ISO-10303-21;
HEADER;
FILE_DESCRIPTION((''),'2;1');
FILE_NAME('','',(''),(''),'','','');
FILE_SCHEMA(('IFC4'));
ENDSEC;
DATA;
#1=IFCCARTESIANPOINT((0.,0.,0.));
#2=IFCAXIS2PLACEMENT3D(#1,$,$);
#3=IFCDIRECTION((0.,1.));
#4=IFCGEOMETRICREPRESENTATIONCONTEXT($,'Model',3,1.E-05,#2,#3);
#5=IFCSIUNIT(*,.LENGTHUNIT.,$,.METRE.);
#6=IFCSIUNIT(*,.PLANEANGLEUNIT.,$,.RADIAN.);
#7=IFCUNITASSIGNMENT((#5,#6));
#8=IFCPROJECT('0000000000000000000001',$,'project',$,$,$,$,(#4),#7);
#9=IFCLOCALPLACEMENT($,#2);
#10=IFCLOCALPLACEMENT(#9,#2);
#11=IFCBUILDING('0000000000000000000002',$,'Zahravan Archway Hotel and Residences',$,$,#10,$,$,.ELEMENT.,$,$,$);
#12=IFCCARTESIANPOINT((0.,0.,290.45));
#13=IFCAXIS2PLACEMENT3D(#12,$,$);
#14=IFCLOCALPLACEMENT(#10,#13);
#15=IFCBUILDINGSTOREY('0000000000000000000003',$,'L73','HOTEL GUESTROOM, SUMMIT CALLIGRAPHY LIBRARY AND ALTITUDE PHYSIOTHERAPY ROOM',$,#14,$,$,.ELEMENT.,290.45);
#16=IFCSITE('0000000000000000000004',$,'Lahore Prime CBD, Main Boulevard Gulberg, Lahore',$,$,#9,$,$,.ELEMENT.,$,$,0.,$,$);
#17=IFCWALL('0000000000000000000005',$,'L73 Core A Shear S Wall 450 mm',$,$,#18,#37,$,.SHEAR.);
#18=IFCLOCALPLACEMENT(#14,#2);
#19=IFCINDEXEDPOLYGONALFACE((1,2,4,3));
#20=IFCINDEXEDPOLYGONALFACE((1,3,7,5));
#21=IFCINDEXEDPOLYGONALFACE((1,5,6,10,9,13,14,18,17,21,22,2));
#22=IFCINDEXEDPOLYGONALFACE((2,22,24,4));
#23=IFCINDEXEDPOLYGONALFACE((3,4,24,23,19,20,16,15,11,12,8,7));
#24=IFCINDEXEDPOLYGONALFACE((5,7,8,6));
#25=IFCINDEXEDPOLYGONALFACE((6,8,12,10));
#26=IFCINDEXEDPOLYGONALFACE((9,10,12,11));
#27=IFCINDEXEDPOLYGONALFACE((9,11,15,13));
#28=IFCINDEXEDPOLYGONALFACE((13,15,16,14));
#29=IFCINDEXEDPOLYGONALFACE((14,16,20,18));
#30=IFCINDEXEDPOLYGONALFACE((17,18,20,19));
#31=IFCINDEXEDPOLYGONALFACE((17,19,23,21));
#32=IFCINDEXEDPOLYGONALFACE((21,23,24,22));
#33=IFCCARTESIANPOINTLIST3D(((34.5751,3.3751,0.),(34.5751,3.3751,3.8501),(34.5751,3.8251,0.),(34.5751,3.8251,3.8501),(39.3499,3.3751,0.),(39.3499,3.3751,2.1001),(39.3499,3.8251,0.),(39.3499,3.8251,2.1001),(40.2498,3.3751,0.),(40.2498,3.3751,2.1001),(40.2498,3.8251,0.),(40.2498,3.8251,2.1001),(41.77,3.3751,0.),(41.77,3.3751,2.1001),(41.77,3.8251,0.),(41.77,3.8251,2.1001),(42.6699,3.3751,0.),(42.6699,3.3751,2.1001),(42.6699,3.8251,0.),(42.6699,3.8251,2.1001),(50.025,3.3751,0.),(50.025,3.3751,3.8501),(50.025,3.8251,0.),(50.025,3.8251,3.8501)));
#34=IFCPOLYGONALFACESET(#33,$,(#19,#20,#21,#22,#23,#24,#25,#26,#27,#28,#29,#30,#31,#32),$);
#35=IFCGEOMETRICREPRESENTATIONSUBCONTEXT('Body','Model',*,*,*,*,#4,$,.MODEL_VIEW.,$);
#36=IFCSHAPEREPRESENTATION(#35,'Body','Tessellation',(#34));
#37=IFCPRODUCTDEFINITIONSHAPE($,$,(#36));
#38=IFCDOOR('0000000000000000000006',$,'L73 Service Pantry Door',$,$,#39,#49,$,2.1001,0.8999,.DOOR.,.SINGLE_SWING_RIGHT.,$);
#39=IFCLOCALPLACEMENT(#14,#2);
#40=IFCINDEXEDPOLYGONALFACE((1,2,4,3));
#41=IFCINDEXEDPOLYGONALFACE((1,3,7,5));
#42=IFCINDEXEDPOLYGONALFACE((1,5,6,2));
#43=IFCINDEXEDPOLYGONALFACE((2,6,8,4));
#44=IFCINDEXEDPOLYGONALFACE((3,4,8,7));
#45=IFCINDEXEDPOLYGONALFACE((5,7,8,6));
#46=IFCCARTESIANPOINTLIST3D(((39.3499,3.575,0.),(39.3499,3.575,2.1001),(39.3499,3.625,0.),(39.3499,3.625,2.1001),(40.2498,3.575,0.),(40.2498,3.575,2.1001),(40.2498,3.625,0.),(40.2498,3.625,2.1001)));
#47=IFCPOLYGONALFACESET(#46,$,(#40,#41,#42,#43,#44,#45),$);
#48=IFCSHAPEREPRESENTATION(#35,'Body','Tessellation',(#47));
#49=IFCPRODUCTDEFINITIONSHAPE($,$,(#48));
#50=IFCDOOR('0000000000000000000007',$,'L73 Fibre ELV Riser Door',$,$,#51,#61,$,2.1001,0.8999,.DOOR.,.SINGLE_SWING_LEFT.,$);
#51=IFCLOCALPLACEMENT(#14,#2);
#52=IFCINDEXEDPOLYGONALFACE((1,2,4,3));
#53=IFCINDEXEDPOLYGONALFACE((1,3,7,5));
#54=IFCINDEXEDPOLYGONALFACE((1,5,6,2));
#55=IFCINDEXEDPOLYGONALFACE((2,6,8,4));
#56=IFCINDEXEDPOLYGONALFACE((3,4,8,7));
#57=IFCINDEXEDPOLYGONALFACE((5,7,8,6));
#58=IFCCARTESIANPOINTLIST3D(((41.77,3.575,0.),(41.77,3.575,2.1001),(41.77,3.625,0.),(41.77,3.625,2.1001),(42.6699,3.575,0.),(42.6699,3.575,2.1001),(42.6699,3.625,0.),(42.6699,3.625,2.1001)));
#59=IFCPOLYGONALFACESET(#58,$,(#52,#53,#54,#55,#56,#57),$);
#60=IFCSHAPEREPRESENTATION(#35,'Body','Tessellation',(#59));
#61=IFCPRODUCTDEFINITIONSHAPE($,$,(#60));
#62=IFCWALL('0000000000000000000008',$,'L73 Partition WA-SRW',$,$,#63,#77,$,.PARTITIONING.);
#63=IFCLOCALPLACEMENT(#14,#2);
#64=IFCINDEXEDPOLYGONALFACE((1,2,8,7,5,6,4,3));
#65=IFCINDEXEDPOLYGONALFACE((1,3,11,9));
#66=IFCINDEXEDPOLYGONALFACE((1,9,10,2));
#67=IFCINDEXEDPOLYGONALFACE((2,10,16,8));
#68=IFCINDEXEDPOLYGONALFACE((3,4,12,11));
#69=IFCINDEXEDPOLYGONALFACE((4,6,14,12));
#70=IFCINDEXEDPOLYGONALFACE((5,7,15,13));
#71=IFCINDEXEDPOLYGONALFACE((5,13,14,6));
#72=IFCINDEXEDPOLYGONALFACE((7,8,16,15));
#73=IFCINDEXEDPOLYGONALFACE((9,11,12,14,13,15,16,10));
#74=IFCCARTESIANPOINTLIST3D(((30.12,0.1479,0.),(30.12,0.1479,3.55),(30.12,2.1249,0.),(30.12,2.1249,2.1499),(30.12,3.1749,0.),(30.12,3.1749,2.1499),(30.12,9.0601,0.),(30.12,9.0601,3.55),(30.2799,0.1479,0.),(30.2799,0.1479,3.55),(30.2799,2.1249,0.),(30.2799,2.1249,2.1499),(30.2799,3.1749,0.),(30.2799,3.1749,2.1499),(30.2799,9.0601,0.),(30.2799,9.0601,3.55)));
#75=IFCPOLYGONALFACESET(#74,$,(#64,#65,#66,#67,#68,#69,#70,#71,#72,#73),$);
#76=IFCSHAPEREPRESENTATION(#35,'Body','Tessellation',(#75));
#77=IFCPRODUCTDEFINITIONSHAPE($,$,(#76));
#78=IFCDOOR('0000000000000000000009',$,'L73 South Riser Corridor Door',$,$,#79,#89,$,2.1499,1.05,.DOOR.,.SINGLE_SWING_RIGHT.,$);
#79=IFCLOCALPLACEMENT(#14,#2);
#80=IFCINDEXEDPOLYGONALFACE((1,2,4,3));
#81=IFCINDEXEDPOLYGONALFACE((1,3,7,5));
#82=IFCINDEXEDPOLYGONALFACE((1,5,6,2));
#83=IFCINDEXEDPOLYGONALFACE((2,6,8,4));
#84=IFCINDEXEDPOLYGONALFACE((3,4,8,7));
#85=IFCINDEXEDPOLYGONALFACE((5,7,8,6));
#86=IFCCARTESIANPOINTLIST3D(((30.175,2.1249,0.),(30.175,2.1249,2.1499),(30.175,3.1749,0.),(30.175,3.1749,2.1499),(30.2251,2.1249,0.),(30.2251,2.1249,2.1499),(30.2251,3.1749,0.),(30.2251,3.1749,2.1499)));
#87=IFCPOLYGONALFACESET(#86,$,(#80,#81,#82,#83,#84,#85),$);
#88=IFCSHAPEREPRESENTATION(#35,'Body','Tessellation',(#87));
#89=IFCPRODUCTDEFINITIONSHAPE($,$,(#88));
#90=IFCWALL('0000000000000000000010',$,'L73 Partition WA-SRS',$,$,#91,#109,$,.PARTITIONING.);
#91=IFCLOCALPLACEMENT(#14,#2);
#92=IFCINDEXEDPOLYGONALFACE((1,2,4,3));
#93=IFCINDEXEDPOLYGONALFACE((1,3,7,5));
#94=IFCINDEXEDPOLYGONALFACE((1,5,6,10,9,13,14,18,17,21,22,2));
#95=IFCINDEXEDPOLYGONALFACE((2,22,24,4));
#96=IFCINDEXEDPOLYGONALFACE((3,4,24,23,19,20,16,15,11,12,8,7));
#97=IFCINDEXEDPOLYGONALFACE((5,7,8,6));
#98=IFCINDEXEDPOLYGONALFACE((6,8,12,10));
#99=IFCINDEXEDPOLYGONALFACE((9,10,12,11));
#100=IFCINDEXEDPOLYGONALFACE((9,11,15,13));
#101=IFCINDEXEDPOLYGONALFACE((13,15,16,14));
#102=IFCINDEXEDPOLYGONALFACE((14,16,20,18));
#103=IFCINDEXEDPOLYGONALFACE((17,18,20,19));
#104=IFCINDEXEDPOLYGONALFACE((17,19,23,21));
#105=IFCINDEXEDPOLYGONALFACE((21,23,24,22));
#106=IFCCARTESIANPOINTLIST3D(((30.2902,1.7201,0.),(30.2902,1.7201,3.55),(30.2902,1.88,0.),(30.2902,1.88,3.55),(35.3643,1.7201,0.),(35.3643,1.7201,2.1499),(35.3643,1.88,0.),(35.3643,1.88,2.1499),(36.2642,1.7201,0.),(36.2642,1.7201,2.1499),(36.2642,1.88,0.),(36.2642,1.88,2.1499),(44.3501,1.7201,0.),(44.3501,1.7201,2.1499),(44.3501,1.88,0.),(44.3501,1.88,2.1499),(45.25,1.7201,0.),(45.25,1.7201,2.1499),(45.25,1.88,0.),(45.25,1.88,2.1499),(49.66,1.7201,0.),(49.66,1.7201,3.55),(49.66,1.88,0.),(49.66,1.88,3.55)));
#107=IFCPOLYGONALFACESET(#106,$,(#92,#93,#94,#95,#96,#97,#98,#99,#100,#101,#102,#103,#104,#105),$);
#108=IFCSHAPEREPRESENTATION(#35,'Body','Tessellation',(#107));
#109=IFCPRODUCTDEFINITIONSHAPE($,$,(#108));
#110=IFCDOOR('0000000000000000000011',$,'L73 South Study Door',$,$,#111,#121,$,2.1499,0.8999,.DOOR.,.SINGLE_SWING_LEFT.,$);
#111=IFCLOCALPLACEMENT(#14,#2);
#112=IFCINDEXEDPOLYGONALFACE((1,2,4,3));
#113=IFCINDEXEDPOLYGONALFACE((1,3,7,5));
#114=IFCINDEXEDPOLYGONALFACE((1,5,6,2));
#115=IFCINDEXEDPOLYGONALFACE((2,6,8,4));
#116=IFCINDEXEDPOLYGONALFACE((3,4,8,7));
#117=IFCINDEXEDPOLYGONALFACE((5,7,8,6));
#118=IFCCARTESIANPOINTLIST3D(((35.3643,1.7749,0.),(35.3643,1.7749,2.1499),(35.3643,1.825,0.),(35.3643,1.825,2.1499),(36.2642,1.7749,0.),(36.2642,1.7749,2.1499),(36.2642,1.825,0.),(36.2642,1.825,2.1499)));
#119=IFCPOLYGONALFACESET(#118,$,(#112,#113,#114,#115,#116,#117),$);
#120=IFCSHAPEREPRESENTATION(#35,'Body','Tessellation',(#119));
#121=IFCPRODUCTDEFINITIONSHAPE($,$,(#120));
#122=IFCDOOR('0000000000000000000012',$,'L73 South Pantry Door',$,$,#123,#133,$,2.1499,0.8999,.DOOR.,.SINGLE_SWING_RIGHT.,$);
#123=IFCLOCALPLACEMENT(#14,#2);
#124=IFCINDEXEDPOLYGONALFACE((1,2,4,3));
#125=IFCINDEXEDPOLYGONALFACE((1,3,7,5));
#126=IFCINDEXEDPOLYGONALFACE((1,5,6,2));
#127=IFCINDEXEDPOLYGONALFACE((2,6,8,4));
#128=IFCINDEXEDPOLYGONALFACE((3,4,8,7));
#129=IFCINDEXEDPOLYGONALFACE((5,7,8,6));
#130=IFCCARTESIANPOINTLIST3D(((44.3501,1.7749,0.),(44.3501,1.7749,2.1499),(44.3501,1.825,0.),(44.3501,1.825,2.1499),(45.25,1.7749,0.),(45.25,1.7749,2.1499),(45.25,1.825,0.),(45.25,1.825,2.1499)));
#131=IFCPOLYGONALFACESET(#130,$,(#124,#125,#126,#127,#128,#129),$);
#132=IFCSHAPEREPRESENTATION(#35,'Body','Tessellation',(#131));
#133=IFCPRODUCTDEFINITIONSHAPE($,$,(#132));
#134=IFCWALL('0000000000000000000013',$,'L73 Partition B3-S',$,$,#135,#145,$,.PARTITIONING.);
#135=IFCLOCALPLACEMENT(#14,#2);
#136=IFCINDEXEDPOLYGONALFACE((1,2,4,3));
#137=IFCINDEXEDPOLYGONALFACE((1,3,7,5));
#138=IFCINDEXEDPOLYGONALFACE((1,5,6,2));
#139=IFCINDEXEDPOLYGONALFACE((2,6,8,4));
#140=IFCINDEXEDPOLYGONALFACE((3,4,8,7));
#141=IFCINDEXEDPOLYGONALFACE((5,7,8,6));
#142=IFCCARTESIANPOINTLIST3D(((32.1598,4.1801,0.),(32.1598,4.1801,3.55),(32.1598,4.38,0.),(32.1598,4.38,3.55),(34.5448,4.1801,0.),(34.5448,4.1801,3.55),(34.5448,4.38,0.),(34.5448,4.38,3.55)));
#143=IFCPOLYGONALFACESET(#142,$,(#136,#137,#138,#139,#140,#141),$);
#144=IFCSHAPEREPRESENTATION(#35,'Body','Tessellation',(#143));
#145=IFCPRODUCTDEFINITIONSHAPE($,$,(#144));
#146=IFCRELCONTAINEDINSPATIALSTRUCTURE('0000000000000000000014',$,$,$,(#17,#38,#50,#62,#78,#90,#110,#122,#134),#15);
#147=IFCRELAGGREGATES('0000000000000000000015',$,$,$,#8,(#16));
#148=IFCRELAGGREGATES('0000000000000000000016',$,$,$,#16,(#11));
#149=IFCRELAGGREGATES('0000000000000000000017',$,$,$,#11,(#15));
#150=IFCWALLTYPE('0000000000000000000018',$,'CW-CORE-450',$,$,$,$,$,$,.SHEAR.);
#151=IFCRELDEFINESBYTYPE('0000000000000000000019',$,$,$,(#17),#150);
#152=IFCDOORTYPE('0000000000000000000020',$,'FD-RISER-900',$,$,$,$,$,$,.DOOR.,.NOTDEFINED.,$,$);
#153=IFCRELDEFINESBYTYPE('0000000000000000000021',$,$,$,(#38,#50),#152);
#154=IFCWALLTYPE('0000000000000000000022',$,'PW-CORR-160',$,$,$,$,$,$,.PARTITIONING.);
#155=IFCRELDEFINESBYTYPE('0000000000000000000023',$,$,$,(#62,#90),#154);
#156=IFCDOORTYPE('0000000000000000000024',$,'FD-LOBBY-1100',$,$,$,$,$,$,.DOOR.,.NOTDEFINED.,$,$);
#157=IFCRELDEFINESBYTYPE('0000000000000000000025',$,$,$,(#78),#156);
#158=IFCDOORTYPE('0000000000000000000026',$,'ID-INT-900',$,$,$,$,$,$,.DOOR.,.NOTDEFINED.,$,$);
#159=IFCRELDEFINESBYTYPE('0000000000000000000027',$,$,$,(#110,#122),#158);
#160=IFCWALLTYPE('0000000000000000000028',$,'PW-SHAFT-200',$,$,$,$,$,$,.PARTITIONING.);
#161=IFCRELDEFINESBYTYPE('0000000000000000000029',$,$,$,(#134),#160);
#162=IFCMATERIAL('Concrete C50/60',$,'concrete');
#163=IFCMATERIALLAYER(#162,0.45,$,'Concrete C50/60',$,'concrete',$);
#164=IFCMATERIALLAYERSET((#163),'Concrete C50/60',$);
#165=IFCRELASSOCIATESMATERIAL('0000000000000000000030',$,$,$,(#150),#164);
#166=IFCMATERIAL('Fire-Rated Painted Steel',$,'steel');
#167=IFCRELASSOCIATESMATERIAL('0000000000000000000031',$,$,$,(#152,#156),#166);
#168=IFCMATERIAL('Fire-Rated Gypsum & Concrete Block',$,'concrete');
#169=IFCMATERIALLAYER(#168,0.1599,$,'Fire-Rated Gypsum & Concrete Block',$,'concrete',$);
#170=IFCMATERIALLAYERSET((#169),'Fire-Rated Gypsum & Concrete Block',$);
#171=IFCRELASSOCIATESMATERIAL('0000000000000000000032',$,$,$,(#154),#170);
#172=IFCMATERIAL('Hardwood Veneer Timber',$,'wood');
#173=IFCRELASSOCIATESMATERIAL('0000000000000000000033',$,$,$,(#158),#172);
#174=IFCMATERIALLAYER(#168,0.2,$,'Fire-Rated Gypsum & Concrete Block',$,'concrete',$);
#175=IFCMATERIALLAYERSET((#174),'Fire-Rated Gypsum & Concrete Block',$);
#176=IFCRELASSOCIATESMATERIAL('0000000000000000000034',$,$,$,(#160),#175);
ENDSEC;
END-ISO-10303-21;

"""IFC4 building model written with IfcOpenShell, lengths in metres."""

from ifc_helpers import new_model, si_unit, direction, frame, frame_2d, origin, place, context, subcontext, project, spatial, rectangle, extrude, source, transform, mapped, material, layer, layer_set, type_object, type_shapes, element, fill, save


model = new_model("IFC4")

# Units and contexts
model_context = context("Model", 3, precision=1e-05, world=origin(), true_north=direction((0.0, 1.0)))
body_context = subcontext(model_context, "Body", "Model", "MODEL_VIEW")
ifc_project = project(units=[si_unit("LENGTHUNIT", "METRE"), si_unit("PLANEANGLEUNIT", "RADIAN")], contexts=[model_context])

# Site, building, storey
site_placement = place(None, origin())
site = spatial("IfcSite", under=ifc_project, at=site_placement, Name="Lahore Prime CBD, Main Boulevard Gulberg, Lahore", CompositionType="ELEMENT", RefElevation=0.0)
building_placement = place(site_placement, origin())
building = spatial("IfcBuilding", under=site, at=building_placement, Name="Zahravan Archway Hotel and Residences", CompositionType="ELEMENT")
storey_placement = place(building_placement, frame((0.0, 0.0, 290.45)))
storey = spatial("IfcBuildingStorey", under=building, at=storey_placement, Name="L73", Description="HOTEL GUESTROOM, SUMMIT CALLIGRAPHY LIBRARY AND ALTITUDE PHYSIOTHERAPY ROOM", CompositionType="ELEMENT", Elevation=290.45)

# Shared definitions
ifc_material_1 = material(Name="Concrete C50/60", Category="concrete")

# Wall, openings, doors
ifc_layer_1 = layer(ifc_material_1, 0.45, Name="Concrete C50/60", Category="concrete")
ifc_layer_set_1 = layer_set([ifc_layer_1], Name="Concrete C50/60")
wall_type_1 = type_object("IfcWallType", Name="CW-CORE-450", PredefinedType="SHEAR", material=ifc_layer_set_1)
wall_1_placement = place(storey_placement, frame((34.575, 3.6001, 0.0), z_axis=(0.0, 0.0, 1.0), x_axis=(1.0, 0.0, 0.0)))
wall_1 = element("IfcWall", 1, at=wall_1_placement, inside=storey, type_object=wall_type_1, Name="L73 Core A Shear S Wall 450 mm", PredefinedType="SHEAR", context=body_context, shape_type="SweptSolid", body=[
    extrude(rectangle(XDim=15.45, YDim=0.45, at=frame_2d((7.7251, 0.0))), origin(), (0.0, 0.0, 1.0), 3.8501),
])
opening_1_placement = place(wall_1_placement, frame((4.7749, 0.0, 0.0)))
opening_1 = element("IfcOpeningElement", 2, at=opening_1_placement, cuts=wall_1, PredefinedType="OPENING", context=body_context, shape_type="SweptSolid", body=[
    extrude(rectangle(XDim=0.8999, YDim=2.1001, at=frame_2d((0.45, 1.05))), frame((0.0, 0.2349, 0.0), z_axis=(0.0, -1.0, 0.0), x_axis=(1.0, 0.0, 0.0)), (0.0, 0.0, 1.0), 0.47),
])
opening_2_placement = place(wall_1_placement, frame((7.1951, 0.0, 0.0)))
opening_2 = element("IfcOpeningElement", 3, at=opening_2_placement, cuts=wall_1, PredefinedType="OPENING", context=body_context, shape_type="SweptSolid", body=[
    extrude(rectangle(XDim=0.8999, YDim=2.1001, at=frame_2d((0.45, 1.05))), frame((0.0, 0.2349, 0.0), z_axis=(0.0, -1.0, 0.0), x_axis=(1.0, 0.0, 0.0)), (0.0, 0.0, 1.0), 0.47),
])
ifc_material_2 = material(Name="Fire-Rated Painted Steel", Category="steel")
door_type_1 = type_object("IfcDoorType", Name="FD-RISER-900", OperationType="NOTDEFINED", PredefinedType="DOOR", material=ifc_material_2)
shared_shape_1 = source(origin(), body_context, "Body", "SweptSolid", [
    extrude(rectangle(XDim=0.8999, YDim=2.1001, at=frame_2d((0.45, 1.05))), frame((0.0, 0.0249, 0.0), z_axis=(0.0, -1.0, 0.0), x_axis=(1.0, 0.0, 0.0)), (0.0, 0.0, 1.0), 0.05),
])
type_shapes(door_type_1, [shared_shape_1])
door_1_placement = place(opening_1_placement, origin())
door_1 = element("IfcDoor", 4, at=door_1_placement, inside=storey, type_object=door_type_1, Name="L73 Service Pantry Door", OperationType="SINGLE_SWING_RIGHT", OverallHeight=2.1001, OverallWidth=0.8999, PredefinedType="DOOR", context=body_context, shape_type="MappedRepresentation", body=[
    mapped(shared_shape_1, transform((0.0, 0.0, 0.0), scale=1.0)),
])
fill(opening_1, door_1)
door_2_placement = place(opening_2_placement, origin())
door_2 = element("IfcDoor", 5, at=door_2_placement, inside=storey, type_object=door_type_1, Name="L73 Fibre ELV Riser Door", OperationType="SINGLE_SWING_LEFT", OverallHeight=2.1001, OverallWidth=0.8999, PredefinedType="DOOR", context=body_context, shape_type="MappedRepresentation", body=[
    mapped(shared_shape_1, transform((0.0, 0.0, 0.0), scale=1.0)),
])
fill(opening_2, door_2)

# Wall, opening, door
ifc_material_3 = material(Name="Fire-Rated Gypsum & Concrete Block", Category="concrete")
ifc_layer_2 = layer(ifc_material_3, 0.1599, Name="Fire-Rated Gypsum & Concrete Block", Category="concrete")
ifc_layer_set_2 = layer_set([ifc_layer_2], Name="Fire-Rated Gypsum & Concrete Block")
wall_type_2 = type_object("IfcWallType", Name="PW-CORR-160", PredefinedType="PARTITIONING", material=ifc_layer_set_2)
wall_2_placement = place(storey_placement, frame((30.2, 0.1479, 0.0), z_axis=(0.0, 0.0, 1.0), x_axis=(0.0, 1.0, 0.0)))
wall_2 = element("IfcWall", 6, at=wall_2_placement, inside=storey, type_object=wall_type_2, Name="L73 Partition WA-SRW", PredefinedType="PARTITIONING", context=body_context, shape_type="SweptSolid", body=[
    extrude(rectangle(XDim=8.9121, YDim=0.1599, at=frame_2d((4.4561, 0.0))), origin(), (0.0, 0.0, 1.0), 3.55),
])
opening_3_placement = place(wall_2_placement, frame((1.9771, 0.0, 0.0)))
opening_3 = element("IfcOpeningElement", 7, at=opening_3_placement, cuts=wall_2, PredefinedType="OPENING", context=body_context, shape_type="SweptSolid", body=[
    extrude(rectangle(XDim=1.05, YDim=2.1499, at=frame_2d((0.5249, 1.075))), frame((0.0, 0.0898, 0.0), z_axis=(0.0, -1.0, 0.0), x_axis=(1.0, 0.0, 0.0)), (0.0, 0.0, 1.0), 0.1799),
])
door_type_2 = type_object("IfcDoorType", Name="FD-LOBBY-1100", OperationType="NOTDEFINED", PredefinedType="DOOR", material=ifc_material_2)
shared_shape_2 = source(origin(), body_context, "Body", "SweptSolid", [
    extrude(rectangle(XDim=1.05, YDim=2.1499, at=frame_2d((0.5249, 1.075))), frame((0.0, 0.0249, 0.0), z_axis=(0.0, -1.0, 0.0), x_axis=(1.0, 0.0, 0.0)), (0.0, 0.0, 1.0), 0.05),
])
type_shapes(door_type_2, [shared_shape_2])
door_3_placement = place(opening_3_placement, origin())
door_3 = element("IfcDoor", 8, at=door_3_placement, inside=storey, type_object=door_type_2, Name="L73 South Riser Corridor Door", OperationType="SINGLE_SWING_RIGHT", OverallHeight=2.1499, OverallWidth=1.05, PredefinedType="DOOR", context=body_context, shape_type="MappedRepresentation", body=[
    mapped(shared_shape_2, transform((0.0, 0.0, 0.0), scale=1.0)),
])
fill(opening_3, door_3)

# Wall, openings, doors
wall_3_placement = place(storey_placement, frame((30.29, 1.8, 0.0), z_axis=(0.0, 0.0, 1.0), x_axis=(1.0, 0.0, 0.0)))
wall_3 = element("IfcWall", 9, at=wall_3_placement, inside=storey, type_object=wall_type_2, Name="L73 Partition WA-SRS", PredefinedType="PARTITIONING", context=body_context, shape_type="SweptSolid", body=[
    extrude(rectangle(XDim=19.3699, YDim=0.1599, at=frame_2d((9.6851, 0.0))), origin(), (0.0, 0.0, 1.0), 3.55),
])
opening_4_placement = place(wall_3_placement, frame((5.0742, 0.0, 0.0)))
opening_4 = element("IfcOpeningElement", 10, at=opening_4_placement, cuts=wall_3, PredefinedType="OPENING", context=body_context, shape_type="SweptSolid", body=[
    extrude(rectangle(XDim=0.8999, YDim=2.1499, at=frame_2d((0.45, 1.075))), frame((0.0, 0.0898, 0.0), z_axis=(0.0, -1.0, 0.0), x_axis=(1.0, 0.0, 0.0)), (0.0, 0.0, 1.0), 0.1799),
])
opening_5_placement = place(wall_3_placement, frame((14.0601, 0.0, 0.0)))
opening_5 = element("IfcOpeningElement", 11, at=opening_5_placement, cuts=wall_3, PredefinedType="OPENING", context=body_context, shape_type="SweptSolid", body=[
    extrude(rectangle(XDim=0.8999, YDim=2.1499, at=frame_2d((0.45, 1.075))), frame((0.0, 0.0898, 0.0), z_axis=(0.0, -1.0, 0.0), x_axis=(1.0, 0.0, 0.0)), (0.0, 0.0, 1.0), 0.1799),
])
ifc_material_4 = material(Name="Hardwood Veneer Timber", Category="wood")
door_type_3 = type_object("IfcDoorType", Name="ID-INT-900", OperationType="NOTDEFINED", PredefinedType="DOOR", material=ifc_material_4)
shared_shape_3 = source(origin(), body_context, "Body", "SweptSolid", [
    extrude(rectangle(XDim=0.8999, YDim=2.1499, at=frame_2d((0.45, 1.075))), frame((0.0, 0.0249, 0.0), z_axis=(0.0, -1.0, 0.0), x_axis=(1.0, 0.0, 0.0)), (0.0, 0.0, 1.0), 0.05),
])
type_shapes(door_type_3, [shared_shape_3])
door_4_placement = place(opening_4_placement, origin())
door_4 = element("IfcDoor", 12, at=door_4_placement, inside=storey, type_object=door_type_3, Name="L73 South Study Door", OperationType="SINGLE_SWING_LEFT", OverallHeight=2.1499, OverallWidth=0.8999, PredefinedType="DOOR", context=body_context, shape_type="MappedRepresentation", body=[
    mapped(shared_shape_3, transform((0.0, 0.0, 0.0), scale=1.0)),
])
fill(opening_4, door_4)
door_5_placement = place(opening_5_placement, origin())
door_5 = element("IfcDoor", 13, at=door_5_placement, inside=storey, type_object=door_type_3, Name="L73 South Pantry Door", OperationType="SINGLE_SWING_RIGHT", OverallHeight=2.1499, OverallWidth=0.8999, PredefinedType="DOOR", context=body_context, shape_type="MappedRepresentation", body=[
    mapped(shared_shape_3, transform((0.0, 0.0, 0.0), scale=1.0)),
])
fill(opening_5, door_5)

# Wall
ifc_layer_3 = layer(ifc_material_3, 0.2, Name="Fire-Rated Gypsum & Concrete Block", Category="concrete")
ifc_layer_set_3 = layer_set([ifc_layer_3], Name="Fire-Rated Gypsum & Concrete Block")
wall_type_3 = type_object("IfcWallType", Name="PW-SHAFT-200", PredefinedType="PARTITIONING", material=ifc_layer_set_3)
wall_4_placement = place(storey_placement, frame((32.1599, 4.28, 0.0), z_axis=(0.0, 0.0, 1.0), x_axis=(1.0, 0.0, 0.0)))
element("IfcWall", 14, at=wall_4_placement, inside=storey, type_object=wall_type_3, Name="L73 Partition B3-S", PredefinedType="PARTITIONING", context=body_context, shape_type="SweptSolid", body=[
    extrude(rectangle(XDim=2.385, YDim=0.2, at=frame_2d((1.1924, 0.0))), origin(), (0.0, 0.0, 1.0), 3.55),
])

save(model, "model.ifc")
